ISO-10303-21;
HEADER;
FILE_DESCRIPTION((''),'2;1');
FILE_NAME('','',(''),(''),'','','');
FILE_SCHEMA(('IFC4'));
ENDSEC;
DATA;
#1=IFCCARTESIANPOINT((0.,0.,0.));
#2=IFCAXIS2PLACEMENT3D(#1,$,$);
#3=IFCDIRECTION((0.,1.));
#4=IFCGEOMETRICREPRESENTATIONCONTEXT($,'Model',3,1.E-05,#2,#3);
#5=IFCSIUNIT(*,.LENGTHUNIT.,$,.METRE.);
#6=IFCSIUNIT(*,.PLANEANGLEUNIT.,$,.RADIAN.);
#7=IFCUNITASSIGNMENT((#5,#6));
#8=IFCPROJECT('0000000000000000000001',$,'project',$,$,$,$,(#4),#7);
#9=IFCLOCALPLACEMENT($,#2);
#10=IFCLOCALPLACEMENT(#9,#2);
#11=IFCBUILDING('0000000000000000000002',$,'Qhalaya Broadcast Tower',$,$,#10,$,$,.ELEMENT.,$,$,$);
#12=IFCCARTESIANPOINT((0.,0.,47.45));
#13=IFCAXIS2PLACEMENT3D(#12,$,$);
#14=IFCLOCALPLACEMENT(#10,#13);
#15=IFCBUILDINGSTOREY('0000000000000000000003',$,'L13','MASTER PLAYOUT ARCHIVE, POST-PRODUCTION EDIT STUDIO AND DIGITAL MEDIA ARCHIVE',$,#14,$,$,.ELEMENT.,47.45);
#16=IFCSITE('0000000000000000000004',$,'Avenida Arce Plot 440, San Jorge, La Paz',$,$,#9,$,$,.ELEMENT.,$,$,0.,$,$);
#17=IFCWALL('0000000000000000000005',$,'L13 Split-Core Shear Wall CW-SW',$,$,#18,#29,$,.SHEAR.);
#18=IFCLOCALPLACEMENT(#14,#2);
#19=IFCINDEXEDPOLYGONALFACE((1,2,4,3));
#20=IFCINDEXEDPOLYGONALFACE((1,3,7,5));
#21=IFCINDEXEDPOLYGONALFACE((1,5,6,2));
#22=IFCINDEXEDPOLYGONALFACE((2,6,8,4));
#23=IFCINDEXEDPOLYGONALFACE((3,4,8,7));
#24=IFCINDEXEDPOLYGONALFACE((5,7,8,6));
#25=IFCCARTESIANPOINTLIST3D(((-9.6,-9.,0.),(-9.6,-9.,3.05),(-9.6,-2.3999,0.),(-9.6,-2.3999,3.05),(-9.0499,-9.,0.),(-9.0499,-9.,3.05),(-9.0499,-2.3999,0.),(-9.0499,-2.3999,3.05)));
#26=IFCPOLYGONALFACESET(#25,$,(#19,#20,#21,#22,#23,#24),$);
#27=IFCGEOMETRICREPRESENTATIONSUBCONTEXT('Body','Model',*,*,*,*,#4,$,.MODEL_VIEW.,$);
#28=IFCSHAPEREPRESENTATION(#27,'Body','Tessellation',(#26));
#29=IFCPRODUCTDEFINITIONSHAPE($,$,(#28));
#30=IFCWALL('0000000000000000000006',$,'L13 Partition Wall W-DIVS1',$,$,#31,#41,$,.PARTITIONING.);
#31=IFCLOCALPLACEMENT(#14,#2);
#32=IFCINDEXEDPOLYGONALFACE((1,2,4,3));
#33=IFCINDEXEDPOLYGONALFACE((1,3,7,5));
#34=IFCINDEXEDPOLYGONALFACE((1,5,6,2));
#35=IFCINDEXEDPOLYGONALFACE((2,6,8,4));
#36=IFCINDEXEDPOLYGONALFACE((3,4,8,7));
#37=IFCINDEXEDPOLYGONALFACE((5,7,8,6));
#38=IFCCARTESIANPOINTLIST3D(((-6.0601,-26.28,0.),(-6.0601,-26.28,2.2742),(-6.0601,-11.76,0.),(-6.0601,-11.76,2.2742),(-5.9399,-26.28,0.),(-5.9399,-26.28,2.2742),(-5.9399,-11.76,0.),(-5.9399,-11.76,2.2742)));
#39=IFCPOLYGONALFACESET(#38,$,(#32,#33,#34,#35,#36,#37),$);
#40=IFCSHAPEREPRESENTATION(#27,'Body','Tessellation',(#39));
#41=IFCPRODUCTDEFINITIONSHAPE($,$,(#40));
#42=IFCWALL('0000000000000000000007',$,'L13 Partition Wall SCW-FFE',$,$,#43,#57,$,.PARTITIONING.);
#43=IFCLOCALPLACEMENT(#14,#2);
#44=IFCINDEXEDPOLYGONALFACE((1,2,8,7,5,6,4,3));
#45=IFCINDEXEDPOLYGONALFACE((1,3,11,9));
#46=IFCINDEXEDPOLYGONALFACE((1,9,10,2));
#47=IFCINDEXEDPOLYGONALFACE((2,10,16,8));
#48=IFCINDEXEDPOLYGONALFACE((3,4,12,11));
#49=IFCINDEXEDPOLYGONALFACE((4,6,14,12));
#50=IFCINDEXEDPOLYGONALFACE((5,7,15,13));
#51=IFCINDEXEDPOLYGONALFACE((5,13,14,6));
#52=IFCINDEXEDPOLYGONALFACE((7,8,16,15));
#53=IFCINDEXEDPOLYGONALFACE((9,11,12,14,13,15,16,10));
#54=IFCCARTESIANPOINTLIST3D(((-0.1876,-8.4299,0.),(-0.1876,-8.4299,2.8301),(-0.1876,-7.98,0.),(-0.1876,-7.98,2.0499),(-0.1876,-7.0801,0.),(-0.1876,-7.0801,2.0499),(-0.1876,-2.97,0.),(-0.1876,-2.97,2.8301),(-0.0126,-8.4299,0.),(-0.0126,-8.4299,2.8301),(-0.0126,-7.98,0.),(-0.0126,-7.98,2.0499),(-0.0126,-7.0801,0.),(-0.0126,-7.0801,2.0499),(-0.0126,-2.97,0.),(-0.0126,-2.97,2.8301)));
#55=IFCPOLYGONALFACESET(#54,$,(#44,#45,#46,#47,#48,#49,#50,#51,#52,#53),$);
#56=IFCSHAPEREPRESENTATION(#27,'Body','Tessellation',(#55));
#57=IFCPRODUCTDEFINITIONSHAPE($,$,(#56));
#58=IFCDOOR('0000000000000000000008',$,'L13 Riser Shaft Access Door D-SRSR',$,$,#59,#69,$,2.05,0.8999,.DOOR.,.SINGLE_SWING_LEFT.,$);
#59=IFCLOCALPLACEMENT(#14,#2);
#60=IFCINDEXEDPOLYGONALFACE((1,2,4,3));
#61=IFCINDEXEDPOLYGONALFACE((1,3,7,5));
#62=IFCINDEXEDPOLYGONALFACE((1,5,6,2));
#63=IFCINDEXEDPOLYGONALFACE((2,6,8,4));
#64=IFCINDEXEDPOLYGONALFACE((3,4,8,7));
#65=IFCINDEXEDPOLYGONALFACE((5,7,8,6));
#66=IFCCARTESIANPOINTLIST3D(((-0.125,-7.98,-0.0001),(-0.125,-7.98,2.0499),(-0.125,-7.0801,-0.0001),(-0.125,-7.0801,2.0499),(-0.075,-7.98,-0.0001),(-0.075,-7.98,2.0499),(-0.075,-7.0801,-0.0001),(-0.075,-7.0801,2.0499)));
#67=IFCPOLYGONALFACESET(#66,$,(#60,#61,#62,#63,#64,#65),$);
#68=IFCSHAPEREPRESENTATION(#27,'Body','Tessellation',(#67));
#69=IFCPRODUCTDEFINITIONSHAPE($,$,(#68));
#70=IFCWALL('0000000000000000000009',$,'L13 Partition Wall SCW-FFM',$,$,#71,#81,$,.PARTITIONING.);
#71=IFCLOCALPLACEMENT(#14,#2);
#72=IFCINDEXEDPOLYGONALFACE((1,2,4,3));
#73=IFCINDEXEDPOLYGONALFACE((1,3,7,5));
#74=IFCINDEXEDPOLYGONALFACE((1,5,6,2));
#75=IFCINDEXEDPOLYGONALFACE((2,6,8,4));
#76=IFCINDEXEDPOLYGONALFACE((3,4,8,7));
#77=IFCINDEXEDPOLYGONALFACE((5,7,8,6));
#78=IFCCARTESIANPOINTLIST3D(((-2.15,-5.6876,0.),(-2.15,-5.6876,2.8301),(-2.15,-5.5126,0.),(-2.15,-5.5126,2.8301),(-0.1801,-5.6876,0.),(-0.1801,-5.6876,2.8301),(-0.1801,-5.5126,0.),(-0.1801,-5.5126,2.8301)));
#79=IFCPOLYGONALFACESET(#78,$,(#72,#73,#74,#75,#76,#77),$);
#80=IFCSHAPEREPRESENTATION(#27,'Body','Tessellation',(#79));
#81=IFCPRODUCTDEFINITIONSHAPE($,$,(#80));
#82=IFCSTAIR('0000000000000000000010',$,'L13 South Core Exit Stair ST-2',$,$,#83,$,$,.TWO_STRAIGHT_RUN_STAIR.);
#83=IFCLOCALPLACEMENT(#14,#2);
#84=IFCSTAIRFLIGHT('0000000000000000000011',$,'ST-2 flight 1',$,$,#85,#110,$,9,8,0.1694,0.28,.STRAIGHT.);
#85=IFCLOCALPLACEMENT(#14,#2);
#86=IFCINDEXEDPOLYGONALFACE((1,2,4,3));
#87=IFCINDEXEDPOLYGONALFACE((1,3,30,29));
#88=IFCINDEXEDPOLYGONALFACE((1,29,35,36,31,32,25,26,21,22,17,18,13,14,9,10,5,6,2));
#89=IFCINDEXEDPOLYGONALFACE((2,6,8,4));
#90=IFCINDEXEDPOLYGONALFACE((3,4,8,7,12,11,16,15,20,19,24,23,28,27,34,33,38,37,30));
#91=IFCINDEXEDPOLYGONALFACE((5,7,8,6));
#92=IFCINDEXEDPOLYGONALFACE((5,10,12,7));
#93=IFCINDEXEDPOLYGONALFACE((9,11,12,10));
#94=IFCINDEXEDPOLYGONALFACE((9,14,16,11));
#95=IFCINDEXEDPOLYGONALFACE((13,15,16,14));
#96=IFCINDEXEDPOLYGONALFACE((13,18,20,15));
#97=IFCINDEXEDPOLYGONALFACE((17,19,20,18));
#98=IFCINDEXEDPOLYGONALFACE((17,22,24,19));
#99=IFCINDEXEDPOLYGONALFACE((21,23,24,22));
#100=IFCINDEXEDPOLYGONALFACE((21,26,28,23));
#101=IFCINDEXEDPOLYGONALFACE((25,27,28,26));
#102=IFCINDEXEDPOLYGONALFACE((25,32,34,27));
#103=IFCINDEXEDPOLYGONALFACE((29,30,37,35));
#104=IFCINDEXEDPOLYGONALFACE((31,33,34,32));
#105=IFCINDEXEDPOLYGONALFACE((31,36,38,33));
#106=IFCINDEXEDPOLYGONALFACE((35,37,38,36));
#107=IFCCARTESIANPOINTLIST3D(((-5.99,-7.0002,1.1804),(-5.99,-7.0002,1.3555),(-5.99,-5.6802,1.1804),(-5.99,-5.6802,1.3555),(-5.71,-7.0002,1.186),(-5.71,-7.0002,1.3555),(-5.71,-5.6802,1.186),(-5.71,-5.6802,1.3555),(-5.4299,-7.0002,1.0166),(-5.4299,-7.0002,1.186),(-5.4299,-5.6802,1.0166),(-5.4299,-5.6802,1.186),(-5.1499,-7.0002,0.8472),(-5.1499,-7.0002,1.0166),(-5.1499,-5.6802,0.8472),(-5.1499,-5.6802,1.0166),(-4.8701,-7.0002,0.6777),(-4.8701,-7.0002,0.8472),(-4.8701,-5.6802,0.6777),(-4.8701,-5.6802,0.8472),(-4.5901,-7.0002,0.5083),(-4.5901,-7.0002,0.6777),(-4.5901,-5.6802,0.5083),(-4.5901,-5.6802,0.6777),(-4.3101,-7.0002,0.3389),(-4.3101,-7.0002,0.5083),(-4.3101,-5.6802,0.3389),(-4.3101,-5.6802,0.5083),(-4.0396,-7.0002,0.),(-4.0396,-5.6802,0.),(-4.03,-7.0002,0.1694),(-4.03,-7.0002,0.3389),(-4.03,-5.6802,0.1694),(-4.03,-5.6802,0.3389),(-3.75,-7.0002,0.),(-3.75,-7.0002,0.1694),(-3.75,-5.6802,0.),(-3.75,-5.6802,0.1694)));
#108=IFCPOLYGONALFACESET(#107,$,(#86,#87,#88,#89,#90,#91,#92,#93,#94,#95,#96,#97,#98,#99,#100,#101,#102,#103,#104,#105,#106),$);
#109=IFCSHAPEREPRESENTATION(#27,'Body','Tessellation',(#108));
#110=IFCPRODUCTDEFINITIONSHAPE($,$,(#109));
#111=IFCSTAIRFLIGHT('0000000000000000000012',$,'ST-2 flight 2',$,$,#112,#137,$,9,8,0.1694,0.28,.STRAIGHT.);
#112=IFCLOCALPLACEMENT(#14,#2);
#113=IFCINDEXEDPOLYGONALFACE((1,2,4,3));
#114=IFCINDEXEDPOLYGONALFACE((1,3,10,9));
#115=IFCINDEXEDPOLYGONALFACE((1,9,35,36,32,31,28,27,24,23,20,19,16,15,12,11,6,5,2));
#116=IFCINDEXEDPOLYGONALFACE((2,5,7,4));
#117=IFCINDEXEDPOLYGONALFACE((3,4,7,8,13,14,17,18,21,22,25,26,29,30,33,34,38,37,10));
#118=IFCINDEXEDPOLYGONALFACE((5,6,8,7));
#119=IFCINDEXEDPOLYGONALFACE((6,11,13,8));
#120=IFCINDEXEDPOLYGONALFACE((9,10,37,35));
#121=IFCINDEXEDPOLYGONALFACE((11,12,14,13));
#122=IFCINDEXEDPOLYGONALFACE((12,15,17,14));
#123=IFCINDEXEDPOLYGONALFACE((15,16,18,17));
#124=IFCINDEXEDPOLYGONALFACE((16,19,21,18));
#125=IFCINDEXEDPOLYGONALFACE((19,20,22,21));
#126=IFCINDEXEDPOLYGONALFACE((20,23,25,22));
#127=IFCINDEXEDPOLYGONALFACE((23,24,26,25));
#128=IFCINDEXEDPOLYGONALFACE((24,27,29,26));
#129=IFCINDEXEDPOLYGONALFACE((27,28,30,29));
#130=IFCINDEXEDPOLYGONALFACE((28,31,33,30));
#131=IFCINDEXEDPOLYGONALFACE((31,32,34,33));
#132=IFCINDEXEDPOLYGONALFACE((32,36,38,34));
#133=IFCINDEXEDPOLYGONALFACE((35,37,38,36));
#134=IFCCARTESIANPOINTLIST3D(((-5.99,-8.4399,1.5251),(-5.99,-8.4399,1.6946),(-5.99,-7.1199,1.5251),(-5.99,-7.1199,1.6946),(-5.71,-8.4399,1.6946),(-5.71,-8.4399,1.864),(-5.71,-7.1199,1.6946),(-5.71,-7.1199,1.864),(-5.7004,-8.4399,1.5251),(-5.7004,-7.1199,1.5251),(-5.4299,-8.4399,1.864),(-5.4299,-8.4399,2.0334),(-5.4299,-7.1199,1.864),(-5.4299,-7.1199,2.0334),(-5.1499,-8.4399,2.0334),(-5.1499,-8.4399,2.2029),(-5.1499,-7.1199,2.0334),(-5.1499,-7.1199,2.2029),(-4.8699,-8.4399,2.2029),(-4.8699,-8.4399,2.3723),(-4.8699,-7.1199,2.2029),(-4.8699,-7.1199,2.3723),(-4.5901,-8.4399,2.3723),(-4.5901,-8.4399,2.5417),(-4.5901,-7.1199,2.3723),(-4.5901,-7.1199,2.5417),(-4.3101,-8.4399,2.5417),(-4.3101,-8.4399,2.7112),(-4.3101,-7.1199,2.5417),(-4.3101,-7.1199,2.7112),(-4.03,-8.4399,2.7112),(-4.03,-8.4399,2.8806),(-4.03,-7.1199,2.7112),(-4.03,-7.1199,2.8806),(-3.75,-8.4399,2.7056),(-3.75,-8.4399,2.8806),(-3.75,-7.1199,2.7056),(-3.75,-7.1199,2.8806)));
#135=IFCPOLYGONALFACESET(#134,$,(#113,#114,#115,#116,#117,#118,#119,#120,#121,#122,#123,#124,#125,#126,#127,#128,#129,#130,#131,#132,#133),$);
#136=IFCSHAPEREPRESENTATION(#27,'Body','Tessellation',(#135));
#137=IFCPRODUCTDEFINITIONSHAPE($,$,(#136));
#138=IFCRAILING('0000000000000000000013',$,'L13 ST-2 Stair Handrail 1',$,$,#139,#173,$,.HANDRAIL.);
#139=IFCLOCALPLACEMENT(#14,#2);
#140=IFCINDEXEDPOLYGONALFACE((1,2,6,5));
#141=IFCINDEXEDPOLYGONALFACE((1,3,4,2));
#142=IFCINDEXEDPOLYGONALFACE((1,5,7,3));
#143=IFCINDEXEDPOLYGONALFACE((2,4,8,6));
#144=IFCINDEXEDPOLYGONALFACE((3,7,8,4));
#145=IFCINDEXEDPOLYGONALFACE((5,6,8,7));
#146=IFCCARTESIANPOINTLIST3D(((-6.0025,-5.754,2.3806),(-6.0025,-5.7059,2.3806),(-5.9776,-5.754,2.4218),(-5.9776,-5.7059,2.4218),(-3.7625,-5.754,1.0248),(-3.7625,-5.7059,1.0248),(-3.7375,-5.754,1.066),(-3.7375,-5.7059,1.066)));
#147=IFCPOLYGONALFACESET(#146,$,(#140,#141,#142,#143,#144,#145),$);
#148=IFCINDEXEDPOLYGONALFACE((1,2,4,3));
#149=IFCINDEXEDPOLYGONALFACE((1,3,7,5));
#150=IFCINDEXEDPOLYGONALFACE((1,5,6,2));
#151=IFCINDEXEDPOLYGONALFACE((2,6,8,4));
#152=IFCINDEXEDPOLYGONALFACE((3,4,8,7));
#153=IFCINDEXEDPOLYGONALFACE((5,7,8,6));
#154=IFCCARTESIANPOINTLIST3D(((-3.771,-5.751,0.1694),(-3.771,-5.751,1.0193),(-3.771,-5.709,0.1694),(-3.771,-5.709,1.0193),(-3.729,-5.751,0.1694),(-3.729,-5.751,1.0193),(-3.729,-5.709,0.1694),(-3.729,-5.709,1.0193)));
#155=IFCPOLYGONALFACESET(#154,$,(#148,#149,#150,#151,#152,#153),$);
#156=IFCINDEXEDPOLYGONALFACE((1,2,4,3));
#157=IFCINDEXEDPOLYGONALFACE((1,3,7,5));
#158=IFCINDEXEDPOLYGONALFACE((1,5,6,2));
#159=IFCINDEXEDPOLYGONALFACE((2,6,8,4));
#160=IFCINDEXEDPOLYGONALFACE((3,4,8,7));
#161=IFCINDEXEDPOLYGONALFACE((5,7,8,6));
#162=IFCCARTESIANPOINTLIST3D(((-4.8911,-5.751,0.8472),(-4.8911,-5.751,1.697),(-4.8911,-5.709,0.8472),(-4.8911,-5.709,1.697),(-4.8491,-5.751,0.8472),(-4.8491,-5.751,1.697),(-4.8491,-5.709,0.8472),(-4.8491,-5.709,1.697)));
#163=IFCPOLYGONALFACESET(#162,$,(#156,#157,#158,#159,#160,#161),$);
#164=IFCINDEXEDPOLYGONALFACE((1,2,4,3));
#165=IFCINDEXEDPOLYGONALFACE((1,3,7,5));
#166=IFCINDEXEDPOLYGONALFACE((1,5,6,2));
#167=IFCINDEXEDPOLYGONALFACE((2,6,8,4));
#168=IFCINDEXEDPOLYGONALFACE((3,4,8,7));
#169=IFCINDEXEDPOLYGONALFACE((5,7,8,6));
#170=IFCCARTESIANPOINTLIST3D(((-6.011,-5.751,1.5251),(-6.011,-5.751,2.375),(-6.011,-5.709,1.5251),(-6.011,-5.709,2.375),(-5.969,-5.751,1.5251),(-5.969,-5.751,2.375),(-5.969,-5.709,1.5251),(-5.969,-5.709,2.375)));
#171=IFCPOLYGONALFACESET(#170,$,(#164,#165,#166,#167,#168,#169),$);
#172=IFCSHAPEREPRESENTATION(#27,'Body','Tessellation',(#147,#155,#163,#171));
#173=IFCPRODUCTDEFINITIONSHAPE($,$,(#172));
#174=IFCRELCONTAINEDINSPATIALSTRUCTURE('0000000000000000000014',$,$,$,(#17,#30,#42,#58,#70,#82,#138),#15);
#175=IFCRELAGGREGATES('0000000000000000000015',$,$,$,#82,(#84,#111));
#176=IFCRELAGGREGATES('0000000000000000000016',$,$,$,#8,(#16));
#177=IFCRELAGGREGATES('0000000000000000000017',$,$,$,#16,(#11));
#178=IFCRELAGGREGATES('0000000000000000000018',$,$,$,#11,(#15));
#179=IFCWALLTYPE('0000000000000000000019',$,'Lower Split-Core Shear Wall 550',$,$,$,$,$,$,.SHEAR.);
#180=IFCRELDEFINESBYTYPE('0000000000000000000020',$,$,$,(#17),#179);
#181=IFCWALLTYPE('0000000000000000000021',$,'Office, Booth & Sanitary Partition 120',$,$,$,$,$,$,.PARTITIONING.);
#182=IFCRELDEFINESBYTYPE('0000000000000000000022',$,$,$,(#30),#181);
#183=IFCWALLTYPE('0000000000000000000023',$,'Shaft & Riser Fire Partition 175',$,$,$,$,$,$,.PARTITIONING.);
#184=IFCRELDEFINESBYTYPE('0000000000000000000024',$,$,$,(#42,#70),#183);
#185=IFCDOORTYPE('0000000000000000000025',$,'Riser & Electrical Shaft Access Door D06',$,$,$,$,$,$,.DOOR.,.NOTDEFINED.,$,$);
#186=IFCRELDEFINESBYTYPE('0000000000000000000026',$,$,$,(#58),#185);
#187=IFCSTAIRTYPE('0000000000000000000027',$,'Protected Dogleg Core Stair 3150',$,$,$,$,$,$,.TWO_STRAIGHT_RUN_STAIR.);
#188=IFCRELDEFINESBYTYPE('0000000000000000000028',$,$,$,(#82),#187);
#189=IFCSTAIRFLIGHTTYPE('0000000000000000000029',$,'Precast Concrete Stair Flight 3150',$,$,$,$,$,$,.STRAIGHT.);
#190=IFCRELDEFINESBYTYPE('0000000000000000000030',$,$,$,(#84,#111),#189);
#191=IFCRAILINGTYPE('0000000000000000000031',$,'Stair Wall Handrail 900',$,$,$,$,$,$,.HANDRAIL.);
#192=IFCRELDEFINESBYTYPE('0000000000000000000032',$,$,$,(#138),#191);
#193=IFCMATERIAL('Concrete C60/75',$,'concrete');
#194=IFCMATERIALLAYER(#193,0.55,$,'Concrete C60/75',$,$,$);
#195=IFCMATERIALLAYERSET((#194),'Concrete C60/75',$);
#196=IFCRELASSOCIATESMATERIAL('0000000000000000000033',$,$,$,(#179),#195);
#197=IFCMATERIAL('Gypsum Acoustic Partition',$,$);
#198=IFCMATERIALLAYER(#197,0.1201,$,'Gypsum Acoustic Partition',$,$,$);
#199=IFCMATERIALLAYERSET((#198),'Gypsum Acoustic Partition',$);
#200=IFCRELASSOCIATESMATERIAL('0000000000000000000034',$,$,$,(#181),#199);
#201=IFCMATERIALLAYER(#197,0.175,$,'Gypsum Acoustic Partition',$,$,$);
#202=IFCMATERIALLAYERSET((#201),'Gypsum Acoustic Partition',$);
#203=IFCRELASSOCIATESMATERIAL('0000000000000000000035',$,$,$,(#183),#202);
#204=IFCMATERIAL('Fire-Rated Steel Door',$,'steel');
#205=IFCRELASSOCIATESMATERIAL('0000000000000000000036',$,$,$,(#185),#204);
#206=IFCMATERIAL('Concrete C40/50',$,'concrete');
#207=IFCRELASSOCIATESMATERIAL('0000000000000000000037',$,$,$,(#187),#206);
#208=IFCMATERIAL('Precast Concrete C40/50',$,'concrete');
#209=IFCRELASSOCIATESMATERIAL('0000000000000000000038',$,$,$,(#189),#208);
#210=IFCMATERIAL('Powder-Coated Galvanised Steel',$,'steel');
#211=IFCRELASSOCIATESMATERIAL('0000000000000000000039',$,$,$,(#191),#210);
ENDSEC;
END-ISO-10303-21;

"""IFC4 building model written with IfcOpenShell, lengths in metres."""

from ifc_helpers import new_model, si_unit, direction, frame, frame_2d, origin, origin_2d, place, context, subcontext, project, spatial, polyline, rectangle, outline, extrude, material, layer, layer_set, type_object, element, fill, aggregate, save


model = new_model("IFC4")

# Units and contexts
model_context = context("Model", 3, precision=1e-05, world=origin(), true_north=direction((0.0, 1.0)))
body_context = subcontext(model_context, "Body", "Model", "MODEL_VIEW")
ifc_project = project(units=[si_unit("LENGTHUNIT", "METRE"), si_unit("PLANEANGLEUNIT", "RADIAN")], contexts=[model_context])

# Site, building, storey
site_placement = place(None, origin())
site = spatial("IfcSite", under=ifc_project, at=site_placement, Name="Avenida Arce Plot 440, San Jorge, La Paz", CompositionType="ELEMENT", RefElevation=0.0)
building_placement = place(site_placement, origin())
building = spatial("IfcBuilding", under=site, at=building_placement, Name="Qhalaya Broadcast Tower", CompositionType="ELEMENT")
storey_placement = place(building_placement, frame((0.0, 0.0, 47.45)))
storey = spatial("IfcBuildingStorey", under=building, at=storey_placement, Name="L13", Description="MASTER PLAYOUT ARCHIVE, POST-PRODUCTION EDIT STUDIO AND DIGITAL MEDIA ARCHIVE", CompositionType="ELEMENT", Elevation=47.45)

# Shared definitions
ifc_material_1 = material(Name="Gypsum Acoustic Partition")

# Shared definitions
ifc_material_2 = material(Name="Precast Concrete C40/50", Category="concrete")

# Shared definitions
ifc_material_3 = material(Name="Fire-Rated Steel Door", Category="steel")

# Walls
ifc_material_4 = material(Name="Concrete C60/75", Category="concrete")
ifc_layer_1 = layer(ifc_material_4, 0.55, Name="Concrete C60/75")
ifc_layer_set_1 = layer_set([ifc_layer_1], Name="Concrete C60/75")
wall_type_1 = type_object("IfcWallType", Name="Lower Split-Core Shear Wall 550", PredefinedType="SHEAR", material=ifc_layer_set_1)
wall_1_placement = place(storey_placement, frame((-9.325, -9.0, 0.0), z_axis=(0.0, 0.0, 1.0), x_axis=(0.0, 1.0, 0.0)))
element("IfcWall", 1, at=wall_1_placement, inside=storey, type_object=wall_type_1, Name="L13 Split-Core Shear Wall CW-SW", PredefinedType="SHEAR", context=body_context, shape_type="SweptSolid", body=[
    extrude(rectangle(XDim=6.6001, YDim=0.55, at=frame_2d((3.3, 0.0))), origin(), (0.0, 0.0, 1.0), 3.05),
])
ifc_layer_2 = layer(ifc_material_1, 0.1201, Name="Gypsum Acoustic Partition")
ifc_layer_set_2 = layer_set([ifc_layer_2], Name="Gypsum Acoustic Partition")
wall_type_2 = type_object("IfcWallType", Name="Office, Booth & Sanitary Partition 120", PredefinedType="PARTITIONING", material=ifc_layer_set_2)
wall_2_placement = place(storey_placement, frame((-6.0, -26.28, 0.0), z_axis=(0.0, 0.0, 1.0), x_axis=(0.0, 1.0, 0.0)))
element("IfcWall", 2, at=wall_2_placement, inside=storey, type_object=wall_type_2, Name="L13 Partition Wall W-DIVS1", PredefinedType="PARTITIONING", context=body_context, shape_type="SweptSolid", body=[
    extrude(rectangle(XDim=14.52, YDim=0.1201, at=frame_2d((7.26, 0.0))), origin(), (0.0, 0.0, 1.0), 2.2742),
])

# Wall, opening, door
ifc_layer_3 = layer(ifc_material_1, 0.175, Name="Gypsum Acoustic Partition")
ifc_layer_set_3 = layer_set([ifc_layer_3], Name="Gypsum Acoustic Partition")
wall_type_3 = type_object("IfcWallType", Name="Shaft & Riser Fire Partition 175", PredefinedType="PARTITIONING", material=ifc_layer_set_3)
wall_3_placement = place(storey_placement, frame((-0.1001, -8.4299, 0.0), z_axis=(0.0, 0.0, 1.0), x_axis=(0.0, 1.0, 0.0)))
wall_3 = element("IfcWall", 3, at=wall_3_placement, inside=storey, type_object=wall_type_3, Name="L13 Partition Wall SCW-FFE", PredefinedType="PARTITIONING", context=body_context, shape_type="SweptSolid", body=[
    extrude(rectangle(XDim=5.46, YDim=0.175, at=frame_2d((2.73, 0.0))), origin(), (0.0, 0.0, 1.0), 2.8301),
])
opening_1_placement = place(wall_3_placement, frame((0.45, 0.0, 0.0)))
opening_1 = element("IfcOpeningElement", 4, at=opening_1_placement, cuts=wall_3, PredefinedType="OPENING", context=body_context, shape_type="SweptSolid", body=[
    extrude(rectangle(XDim=0.8999, YDim=2.05, at=frame_2d((0.45, 1.0249))), frame((0.0, 0.0996, 0.0), z_axis=(0.0, -1.0, 0.0), x_axis=(1.0, 0.0, 0.0)), (0.0, 0.0, 1.0), 0.199),
])
door_type_1 = type_object("IfcDoorType", Name="Riser & Electrical Shaft Access Door D06", OperationType="NOTDEFINED", PredefinedType="DOOR", material=ifc_material_3)
door_1_placement = place(opening_1_placement, origin())
door_1 = element("IfcDoor", 5, at=door_1_placement, inside=storey, type_object=door_type_1, Name="L13 Riser Shaft Access Door D-SRSR", OperationType="SINGLE_SWING_LEFT", OverallHeight=2.05, OverallWidth=0.8999, PredefinedType="DOOR", context=body_context, shape_type="SweptSolid", body=[
    extrude(rectangle(XDim=0.8999, YDim=2.05, at=frame_2d((0.45, 1.0249))), frame((0.0, 0.0249, 0.0), z_axis=(0.0, -1.0, 0.0), x_axis=(1.0, 0.0, 0.0)), (0.0, 0.0, 1.0), 0.05),
])
fill(opening_1, door_1)

# Wall
wall_4_placement = place(storey_placement, frame((-2.1499, -5.6001, 0.0), z_axis=(0.0, 0.0, 1.0), x_axis=(1.0, 0.0, 0.0)))
element("IfcWall", 6, at=wall_4_placement, inside=storey, type_object=wall_type_3, Name="L13 Partition Wall SCW-FFM", PredefinedType="PARTITIONING", context=body_context, shape_type="SweptSolid", body=[
    extrude(rectangle(XDim=1.97, YDim=0.175, at=frame_2d((0.9849, 0.0))), origin(), (0.0, 0.0, 1.0), 2.8301),
])

# Stair, stair flights
ifc_material_5 = material(Name="Concrete C40/50", Category="concrete")
stair_type = type_object("IfcStairType", Name="Protected Dogleg Core Stair 3150", PredefinedType="TWO_STRAIGHT_RUN_STAIR", material=ifc_material_5)
stair_placement = place(storey_placement, origin())
stair = element("IfcStair", 7, at=stair_placement, inside=storey, type_object=stair_type, Name="L13 South Core Exit Stair ST-2", PredefinedType="TWO_STRAIGHT_RUN_STAIR")
stair_flight_type = type_object("IfcStairFlightType", Name="Precast Concrete Stair Flight 3150", PredefinedType="STRAIGHT", material=ifc_material_2)
stair_flight_1_placement = place(storey_placement, frame((-3.75, -6.3401, 0.0), z_axis=(0.0, 0.0, 1.0), x_axis=(-1.0, 0.0, 0.0)))
stair_flight_1 = element("IfcStairFlight", 8, at=stair_flight_1_placement, type_object=stair_flight_type, Name="ST-2 flight 1", NumberOfRisers=9, NumberOfTreads=8, PredefinedType="STRAIGHT", RiserHeight=0.1694, TreadLength=0.28, context=body_context, shape_type="SweptSolid", body=[
    extrude(outline(polyline([(0.0, 0.0), (0.0, 0.1694), (0.28, 0.1694), (0.28, 0.3389), (0.5601, 0.3389), (0.5601, 0.5083), (0.8401, 0.5083), (0.8401, 0.6777), (1.1201, 0.6777), (1.1201, 0.8472), (1.3999, 0.8472), (1.3999, 1.0166), (1.6799, 1.0166), (1.6799, 1.186), (1.96, 1.186), (1.96, 1.3555), (2.24, 1.3555), (2.24, 1.5249), (2.24, 1.1804), (0.2896, 0.0), (0.0, 0.0)])), frame((0.0, 0.6602, 0.0), z_axis=(0.0, -1.0, 0.0), x_axis=(1.0, 0.0, 0.0)), (0.0, 0.0, 1.0), 1.3201),
])
stair_flight_2_placement = place(storey_placement, frame((-5.99, -7.78, 1.5251), z_axis=(0.0, 0.0, 1.0), x_axis=(1.0, 0.0, 0.0)))
stair_flight_2 = element("IfcStairFlight", 9, at=stair_flight_2_placement, type_object=stair_flight_type, Name="ST-2 flight 2", NumberOfRisers=9, NumberOfTreads=8, PredefinedType="STRAIGHT", RiserHeight=0.1694, TreadLength=0.28, context=body_context, shape_type="SweptSolid", body=[
    extrude(outline(polyline([(0.0, 0.0), (0.0, 0.1694), (0.28, 0.1694), (0.28, 0.3389), (0.5601, 0.3389), (0.5601, 0.5083), (0.8401, 0.5083), (0.8401, 0.6777), (1.1201, 0.6777), (1.1201, 0.8472), (1.3999, 0.8472), (1.3999, 1.0166), (1.6799, 1.0166), (1.6799, 1.186), (1.96, 1.186), (1.96, 1.3555), (2.24, 1.3555), (2.24, 1.5249), (2.24, 1.1804), (0.2896, 0.0), (0.0, 0.0)])), frame((0.0, 0.6602, 0.0), z_axis=(0.0, -1.0, 0.0), x_axis=(1.0, 0.0, 0.0)), (0.0, 0.0, 1.0), 1.3201),
])
aggregate(stair, [stair_flight_1, stair_flight_2])

# Railing
ifc_material_6 = material(Name="Powder-Coated Galvanised Steel", Category="steel")
railing_type_1 = type_object("IfcRailingType", Name="Stair Wall Handrail 900", PredefinedType="HANDRAIL", material=ifc_material_6)
railing_1_placement = place(storey_placement, frame((-3.75, -5.73, 0.1694)))
element("IfcRailing", 10, at=railing_1_placement, inside=storey, type_object=railing_type_1, Name="L13 ST-2 Stair Handrail 1", PredefinedType="HANDRAIL", context=body_context, shape_type="SweptSolid", body=[
    extrude(rectangle(XDim=0.0481, YDim=0.0481, at=origin_2d()), frame((0.0, 0.0, 0.876), z_axis=(-0.855512, 0.0, 0.517783), x_axis=(0.0, -1.0, 0.0)), (0.0, 0.0, 1.0), 2.6184),
    extrude(rectangle(XDim=0.042, YDim=0.042, at=origin_2d()), origin(), (0.0, 0.0, 1.0), 0.8499),
    extrude(rectangle(XDim=0.042, YDim=0.042, at=origin_2d()), frame((-1.1201, 0.0, 0.6777)), (0.0, 0.0, 1.0), 0.8499),
    extrude(rectangle(XDim=0.042, YDim=0.042, at=origin_2d()), frame((-2.24, 0.0, 1.3557)), (0.0, 0.0, 1.0), 0.8499),
])

save(model, "model.ifc")
